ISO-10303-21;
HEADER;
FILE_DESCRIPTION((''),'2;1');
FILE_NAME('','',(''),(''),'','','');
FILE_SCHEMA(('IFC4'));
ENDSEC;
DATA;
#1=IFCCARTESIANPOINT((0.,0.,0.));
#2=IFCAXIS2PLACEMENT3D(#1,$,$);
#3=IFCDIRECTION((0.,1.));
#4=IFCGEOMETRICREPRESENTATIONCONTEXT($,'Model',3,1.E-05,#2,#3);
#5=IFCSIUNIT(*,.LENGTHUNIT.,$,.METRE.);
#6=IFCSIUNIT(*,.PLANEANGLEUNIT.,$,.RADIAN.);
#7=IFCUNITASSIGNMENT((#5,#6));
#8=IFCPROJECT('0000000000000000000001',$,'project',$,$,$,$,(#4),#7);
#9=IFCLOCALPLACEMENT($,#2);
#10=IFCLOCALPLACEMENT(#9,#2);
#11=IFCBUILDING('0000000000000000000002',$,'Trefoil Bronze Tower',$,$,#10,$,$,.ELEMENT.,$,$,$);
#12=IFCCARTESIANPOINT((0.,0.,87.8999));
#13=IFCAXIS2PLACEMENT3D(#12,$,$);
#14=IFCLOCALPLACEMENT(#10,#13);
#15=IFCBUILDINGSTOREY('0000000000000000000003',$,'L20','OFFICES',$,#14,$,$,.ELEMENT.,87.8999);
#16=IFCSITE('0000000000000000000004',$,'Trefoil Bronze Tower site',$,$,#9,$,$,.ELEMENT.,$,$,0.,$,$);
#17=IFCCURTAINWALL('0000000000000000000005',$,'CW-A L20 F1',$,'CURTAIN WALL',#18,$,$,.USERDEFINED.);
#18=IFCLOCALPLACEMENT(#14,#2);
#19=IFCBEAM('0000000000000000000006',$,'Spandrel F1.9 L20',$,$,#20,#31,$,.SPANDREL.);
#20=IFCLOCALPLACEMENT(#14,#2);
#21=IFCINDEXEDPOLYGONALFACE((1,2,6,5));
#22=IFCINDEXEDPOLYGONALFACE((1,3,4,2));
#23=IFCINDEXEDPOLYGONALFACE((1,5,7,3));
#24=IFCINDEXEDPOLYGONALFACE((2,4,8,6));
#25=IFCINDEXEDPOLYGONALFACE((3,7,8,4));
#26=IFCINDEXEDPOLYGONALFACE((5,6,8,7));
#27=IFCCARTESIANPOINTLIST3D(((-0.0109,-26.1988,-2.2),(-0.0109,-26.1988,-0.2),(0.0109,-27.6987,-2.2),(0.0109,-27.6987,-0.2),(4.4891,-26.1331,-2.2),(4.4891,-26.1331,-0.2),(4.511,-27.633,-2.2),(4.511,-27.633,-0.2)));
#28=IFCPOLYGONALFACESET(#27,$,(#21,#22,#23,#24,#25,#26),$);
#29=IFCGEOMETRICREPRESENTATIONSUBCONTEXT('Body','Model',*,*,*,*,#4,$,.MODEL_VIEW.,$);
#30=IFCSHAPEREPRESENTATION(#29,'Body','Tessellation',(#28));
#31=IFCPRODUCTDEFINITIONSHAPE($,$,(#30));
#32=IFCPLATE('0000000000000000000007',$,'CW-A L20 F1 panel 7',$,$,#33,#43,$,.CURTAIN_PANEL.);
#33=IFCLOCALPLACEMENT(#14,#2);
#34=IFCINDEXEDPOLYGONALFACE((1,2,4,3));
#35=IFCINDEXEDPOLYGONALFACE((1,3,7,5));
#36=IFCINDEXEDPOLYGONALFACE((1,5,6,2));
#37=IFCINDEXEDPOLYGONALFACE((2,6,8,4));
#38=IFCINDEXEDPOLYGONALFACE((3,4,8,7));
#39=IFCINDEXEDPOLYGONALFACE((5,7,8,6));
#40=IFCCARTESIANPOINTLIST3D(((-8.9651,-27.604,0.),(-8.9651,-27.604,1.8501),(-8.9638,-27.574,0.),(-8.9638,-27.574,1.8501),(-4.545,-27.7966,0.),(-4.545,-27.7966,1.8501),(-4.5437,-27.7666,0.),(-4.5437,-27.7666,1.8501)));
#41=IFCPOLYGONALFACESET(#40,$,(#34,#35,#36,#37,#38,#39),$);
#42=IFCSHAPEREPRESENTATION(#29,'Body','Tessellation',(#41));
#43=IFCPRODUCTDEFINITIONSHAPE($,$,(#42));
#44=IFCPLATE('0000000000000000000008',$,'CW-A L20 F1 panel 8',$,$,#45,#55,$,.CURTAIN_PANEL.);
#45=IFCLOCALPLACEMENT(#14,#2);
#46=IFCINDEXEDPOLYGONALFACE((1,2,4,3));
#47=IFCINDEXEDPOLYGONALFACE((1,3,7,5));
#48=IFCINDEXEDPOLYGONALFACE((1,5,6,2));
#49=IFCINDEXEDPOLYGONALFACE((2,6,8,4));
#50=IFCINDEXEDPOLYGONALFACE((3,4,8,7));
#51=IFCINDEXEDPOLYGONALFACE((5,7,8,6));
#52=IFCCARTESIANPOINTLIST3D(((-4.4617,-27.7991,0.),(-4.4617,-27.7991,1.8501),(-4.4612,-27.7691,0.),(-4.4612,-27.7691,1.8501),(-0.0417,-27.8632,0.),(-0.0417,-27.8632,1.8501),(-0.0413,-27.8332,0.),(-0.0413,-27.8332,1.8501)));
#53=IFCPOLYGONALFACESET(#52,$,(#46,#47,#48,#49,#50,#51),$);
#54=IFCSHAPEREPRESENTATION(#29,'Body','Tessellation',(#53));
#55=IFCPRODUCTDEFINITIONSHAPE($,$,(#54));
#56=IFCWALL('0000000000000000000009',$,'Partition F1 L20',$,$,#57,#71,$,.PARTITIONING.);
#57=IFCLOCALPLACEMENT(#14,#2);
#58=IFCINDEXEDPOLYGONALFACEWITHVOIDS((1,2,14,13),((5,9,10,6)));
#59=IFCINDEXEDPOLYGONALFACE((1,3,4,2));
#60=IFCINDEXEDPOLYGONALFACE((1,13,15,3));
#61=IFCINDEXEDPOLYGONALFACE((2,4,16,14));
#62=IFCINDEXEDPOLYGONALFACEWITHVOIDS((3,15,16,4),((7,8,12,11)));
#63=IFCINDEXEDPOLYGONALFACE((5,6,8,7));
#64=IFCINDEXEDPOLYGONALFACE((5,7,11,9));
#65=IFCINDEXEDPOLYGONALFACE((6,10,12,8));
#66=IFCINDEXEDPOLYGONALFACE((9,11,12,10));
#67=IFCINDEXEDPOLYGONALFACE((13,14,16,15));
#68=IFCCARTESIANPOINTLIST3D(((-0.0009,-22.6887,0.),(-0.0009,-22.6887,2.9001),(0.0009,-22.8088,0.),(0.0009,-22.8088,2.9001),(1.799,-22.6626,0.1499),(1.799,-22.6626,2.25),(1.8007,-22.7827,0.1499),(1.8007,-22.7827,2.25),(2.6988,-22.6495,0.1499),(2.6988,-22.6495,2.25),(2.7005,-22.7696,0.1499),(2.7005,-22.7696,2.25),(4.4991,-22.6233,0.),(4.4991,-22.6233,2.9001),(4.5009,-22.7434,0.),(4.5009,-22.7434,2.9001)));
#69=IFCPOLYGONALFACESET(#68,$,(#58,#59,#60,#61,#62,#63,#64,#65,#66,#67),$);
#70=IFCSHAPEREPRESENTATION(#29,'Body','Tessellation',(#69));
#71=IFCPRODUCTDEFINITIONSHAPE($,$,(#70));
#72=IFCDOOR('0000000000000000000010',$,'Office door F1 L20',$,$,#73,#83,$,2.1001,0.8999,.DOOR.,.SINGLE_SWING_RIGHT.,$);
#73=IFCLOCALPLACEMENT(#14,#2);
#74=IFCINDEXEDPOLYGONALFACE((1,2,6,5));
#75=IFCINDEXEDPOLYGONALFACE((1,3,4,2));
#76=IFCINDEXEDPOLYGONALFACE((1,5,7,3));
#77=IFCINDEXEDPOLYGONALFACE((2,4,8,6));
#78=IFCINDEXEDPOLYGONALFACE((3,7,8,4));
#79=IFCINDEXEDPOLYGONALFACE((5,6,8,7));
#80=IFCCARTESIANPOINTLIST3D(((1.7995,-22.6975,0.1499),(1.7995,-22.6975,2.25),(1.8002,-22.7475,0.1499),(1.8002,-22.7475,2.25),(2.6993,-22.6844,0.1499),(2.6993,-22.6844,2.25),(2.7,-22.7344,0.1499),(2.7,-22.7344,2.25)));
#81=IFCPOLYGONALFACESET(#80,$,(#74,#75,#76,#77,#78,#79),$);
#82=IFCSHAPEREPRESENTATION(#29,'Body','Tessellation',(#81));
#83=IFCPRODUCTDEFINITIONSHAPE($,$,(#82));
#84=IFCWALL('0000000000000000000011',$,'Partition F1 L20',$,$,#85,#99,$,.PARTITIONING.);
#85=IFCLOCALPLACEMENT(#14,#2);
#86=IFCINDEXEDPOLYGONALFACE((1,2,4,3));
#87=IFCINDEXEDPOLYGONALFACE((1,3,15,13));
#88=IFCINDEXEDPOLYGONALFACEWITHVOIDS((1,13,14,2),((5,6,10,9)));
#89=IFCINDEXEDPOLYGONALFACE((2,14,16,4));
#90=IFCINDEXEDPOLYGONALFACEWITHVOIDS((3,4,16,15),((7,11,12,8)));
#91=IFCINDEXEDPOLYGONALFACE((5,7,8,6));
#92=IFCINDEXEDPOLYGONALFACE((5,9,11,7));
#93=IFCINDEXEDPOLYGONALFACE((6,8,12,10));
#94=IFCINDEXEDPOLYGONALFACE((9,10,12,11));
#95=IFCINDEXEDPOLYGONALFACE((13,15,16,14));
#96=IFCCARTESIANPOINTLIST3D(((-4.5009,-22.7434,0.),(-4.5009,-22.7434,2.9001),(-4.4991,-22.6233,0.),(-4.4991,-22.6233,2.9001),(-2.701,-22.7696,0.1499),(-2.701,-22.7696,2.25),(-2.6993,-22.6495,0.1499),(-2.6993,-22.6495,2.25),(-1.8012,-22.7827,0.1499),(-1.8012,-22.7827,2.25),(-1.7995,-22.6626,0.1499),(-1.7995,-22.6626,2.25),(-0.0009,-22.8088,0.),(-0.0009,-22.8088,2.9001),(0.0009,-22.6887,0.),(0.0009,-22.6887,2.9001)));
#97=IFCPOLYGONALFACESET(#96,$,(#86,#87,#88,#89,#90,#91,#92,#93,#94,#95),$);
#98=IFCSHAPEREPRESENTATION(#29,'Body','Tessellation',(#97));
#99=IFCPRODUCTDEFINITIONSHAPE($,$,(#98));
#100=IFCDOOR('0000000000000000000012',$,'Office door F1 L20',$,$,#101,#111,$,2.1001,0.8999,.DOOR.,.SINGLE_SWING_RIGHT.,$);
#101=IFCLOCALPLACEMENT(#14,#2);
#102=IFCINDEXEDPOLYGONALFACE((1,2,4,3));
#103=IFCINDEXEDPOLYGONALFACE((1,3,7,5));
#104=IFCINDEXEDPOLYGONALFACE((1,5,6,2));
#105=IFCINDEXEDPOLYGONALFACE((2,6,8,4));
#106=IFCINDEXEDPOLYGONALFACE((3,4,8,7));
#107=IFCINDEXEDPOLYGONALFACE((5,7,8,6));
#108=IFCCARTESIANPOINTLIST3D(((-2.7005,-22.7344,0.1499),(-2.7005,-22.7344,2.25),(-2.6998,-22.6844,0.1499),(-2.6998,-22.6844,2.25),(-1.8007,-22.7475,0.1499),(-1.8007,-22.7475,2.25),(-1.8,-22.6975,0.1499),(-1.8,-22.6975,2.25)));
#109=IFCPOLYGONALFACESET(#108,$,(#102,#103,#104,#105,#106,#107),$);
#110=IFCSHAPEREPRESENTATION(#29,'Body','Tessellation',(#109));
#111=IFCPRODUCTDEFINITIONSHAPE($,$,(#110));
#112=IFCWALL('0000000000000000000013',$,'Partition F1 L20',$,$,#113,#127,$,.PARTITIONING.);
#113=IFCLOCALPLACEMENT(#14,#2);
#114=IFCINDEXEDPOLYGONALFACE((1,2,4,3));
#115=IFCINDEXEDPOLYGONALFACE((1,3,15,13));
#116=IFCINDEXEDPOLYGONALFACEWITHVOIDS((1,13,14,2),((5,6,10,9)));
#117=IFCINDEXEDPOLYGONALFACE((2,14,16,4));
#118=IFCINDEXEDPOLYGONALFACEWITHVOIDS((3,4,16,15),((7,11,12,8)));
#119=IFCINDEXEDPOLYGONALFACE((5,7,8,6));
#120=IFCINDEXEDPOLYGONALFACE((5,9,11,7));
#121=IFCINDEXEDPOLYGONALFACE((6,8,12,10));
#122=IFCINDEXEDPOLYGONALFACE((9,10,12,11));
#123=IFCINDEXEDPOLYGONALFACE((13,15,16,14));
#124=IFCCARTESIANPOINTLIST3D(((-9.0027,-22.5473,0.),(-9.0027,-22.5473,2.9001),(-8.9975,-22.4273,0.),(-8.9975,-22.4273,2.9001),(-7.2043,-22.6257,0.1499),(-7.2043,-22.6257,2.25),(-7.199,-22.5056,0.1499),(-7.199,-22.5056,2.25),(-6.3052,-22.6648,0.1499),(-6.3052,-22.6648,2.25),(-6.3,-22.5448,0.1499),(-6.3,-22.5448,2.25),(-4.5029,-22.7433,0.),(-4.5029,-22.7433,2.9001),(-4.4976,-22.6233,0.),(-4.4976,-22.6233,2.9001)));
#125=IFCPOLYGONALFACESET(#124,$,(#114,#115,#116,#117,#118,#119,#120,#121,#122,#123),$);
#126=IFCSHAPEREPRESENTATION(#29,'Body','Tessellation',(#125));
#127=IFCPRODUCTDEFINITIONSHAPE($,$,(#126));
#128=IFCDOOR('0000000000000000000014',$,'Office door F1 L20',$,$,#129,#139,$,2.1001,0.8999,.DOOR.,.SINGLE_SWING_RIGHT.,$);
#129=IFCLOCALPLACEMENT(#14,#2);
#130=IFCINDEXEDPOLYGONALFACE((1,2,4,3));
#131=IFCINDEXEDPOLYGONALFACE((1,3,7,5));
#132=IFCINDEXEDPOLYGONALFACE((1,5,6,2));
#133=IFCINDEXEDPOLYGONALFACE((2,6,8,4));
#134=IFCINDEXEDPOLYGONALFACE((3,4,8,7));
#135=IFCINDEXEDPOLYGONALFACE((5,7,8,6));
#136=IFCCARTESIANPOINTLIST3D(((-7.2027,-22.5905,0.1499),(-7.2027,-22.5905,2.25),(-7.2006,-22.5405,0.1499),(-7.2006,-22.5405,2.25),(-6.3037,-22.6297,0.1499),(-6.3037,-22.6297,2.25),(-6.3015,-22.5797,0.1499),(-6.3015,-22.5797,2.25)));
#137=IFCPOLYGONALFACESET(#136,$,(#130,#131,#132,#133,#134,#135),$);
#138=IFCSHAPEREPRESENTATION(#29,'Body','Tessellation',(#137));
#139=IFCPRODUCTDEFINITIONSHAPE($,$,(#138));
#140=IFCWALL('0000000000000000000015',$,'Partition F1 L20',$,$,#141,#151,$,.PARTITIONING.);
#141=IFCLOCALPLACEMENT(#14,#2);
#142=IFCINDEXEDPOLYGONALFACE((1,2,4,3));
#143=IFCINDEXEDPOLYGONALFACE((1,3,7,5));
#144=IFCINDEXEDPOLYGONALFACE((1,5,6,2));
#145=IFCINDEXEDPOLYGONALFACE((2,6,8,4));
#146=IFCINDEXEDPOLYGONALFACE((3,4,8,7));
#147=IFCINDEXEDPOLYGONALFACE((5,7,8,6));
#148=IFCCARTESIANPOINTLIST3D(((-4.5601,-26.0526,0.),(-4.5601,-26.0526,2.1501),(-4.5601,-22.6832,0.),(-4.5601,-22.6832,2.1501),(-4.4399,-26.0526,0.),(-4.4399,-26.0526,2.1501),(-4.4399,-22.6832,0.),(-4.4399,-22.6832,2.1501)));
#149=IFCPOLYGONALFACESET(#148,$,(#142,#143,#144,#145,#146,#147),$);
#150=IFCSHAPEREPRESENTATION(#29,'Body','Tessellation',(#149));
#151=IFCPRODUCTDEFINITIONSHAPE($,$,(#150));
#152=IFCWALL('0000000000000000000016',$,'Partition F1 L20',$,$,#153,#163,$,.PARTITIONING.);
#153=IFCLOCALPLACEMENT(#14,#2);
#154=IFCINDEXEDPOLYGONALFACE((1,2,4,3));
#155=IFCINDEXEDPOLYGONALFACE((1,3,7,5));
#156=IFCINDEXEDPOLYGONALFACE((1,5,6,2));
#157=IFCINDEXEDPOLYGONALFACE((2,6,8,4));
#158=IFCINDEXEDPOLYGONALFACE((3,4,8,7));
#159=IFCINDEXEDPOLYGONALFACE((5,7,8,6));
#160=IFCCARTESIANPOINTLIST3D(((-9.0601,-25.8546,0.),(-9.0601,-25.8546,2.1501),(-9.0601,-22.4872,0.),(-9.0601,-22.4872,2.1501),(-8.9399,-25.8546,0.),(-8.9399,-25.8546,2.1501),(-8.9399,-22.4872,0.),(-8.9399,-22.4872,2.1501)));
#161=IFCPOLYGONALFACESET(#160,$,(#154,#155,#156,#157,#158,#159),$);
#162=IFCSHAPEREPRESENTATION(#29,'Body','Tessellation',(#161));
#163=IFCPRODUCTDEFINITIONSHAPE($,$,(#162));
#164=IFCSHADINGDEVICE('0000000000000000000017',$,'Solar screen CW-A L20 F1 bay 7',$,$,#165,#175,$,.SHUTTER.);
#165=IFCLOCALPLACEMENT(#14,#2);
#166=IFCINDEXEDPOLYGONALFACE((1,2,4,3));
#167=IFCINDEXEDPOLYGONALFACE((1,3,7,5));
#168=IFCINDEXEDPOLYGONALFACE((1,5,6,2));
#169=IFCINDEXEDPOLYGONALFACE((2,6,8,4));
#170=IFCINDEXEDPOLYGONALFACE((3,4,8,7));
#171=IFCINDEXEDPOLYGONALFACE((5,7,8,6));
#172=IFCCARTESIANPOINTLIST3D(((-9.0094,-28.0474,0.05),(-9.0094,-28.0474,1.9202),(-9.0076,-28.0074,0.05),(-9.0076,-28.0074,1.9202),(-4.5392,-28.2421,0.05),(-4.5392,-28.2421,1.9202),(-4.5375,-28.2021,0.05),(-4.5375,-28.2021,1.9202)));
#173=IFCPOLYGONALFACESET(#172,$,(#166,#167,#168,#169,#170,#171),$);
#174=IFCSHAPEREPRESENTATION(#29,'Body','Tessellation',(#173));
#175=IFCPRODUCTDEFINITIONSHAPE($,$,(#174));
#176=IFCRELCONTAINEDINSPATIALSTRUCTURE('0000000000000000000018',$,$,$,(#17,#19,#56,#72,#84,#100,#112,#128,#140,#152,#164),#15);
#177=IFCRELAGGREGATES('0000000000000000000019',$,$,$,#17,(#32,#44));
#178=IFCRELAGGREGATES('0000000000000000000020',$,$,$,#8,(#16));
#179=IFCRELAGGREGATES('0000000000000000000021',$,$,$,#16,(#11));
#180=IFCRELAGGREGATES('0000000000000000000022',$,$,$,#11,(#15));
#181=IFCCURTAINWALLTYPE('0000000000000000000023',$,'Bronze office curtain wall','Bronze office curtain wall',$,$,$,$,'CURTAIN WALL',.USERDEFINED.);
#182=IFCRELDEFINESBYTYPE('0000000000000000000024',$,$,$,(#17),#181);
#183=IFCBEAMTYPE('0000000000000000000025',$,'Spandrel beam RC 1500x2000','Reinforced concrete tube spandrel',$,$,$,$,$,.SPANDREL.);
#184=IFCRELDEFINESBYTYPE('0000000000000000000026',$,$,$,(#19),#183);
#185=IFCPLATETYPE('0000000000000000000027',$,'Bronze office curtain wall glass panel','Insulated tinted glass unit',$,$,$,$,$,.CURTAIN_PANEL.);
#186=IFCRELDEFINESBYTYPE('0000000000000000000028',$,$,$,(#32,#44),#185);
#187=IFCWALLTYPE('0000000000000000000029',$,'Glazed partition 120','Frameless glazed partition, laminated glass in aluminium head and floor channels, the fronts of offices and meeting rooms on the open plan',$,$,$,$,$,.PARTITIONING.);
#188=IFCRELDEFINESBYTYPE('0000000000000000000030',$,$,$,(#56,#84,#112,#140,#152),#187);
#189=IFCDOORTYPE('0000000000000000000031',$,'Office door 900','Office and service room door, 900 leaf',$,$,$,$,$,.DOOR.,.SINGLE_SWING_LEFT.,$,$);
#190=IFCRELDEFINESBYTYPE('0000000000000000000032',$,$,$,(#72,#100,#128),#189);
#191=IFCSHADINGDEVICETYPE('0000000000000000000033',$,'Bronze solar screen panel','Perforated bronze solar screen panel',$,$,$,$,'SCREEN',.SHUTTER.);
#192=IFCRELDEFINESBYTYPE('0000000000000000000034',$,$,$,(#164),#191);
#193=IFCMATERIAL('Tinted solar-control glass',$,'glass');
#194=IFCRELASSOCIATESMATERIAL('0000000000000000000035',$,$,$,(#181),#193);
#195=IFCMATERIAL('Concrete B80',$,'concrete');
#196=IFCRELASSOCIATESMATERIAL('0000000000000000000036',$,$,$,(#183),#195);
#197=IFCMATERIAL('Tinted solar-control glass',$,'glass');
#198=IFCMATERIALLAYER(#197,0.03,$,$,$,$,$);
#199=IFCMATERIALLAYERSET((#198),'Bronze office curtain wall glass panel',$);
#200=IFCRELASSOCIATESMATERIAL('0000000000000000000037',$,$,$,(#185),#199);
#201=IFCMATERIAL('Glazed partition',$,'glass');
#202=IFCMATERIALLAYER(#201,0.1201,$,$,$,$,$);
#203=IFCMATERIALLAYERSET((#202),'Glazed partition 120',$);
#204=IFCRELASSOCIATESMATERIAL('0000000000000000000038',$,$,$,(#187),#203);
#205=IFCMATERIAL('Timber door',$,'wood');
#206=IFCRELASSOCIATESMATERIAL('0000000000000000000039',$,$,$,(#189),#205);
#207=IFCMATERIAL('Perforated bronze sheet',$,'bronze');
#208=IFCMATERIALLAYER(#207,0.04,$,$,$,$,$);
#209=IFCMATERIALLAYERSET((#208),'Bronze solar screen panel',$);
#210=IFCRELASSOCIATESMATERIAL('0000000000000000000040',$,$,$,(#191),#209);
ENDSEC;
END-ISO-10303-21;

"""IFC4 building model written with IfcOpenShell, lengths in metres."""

from ifc_helpers import new_model, si_unit, direction, frame, frame_2d, origin, origin_2d, place, context, subcontext, project, spatial, rectangle, extrude, material, layer, layer_set, material_profile, profile_set, type_object, element, fill, aggregate, save


model = new_model("IFC4")

# Units and contexts
model_context = context("Model", 3, precision=1e-05, world=origin(), true_north=direction((0.0, 1.0)))
body_context = subcontext(model_context, "Body", "Model", "MODEL_VIEW")
ifc_project = project(units=[si_unit("LENGTHUNIT", "METRE"), si_unit("PLANEANGLEUNIT", "RADIAN")], contexts=[model_context])

# Site, building, storey
site_placement = place(None, origin())
site = spatial("IfcSite", under=ifc_project, at=site_placement, Name="Trefoil Bronze Tower site", CompositionType="ELEMENT", RefElevation=0.0)
building_placement = place(site_placement, origin())
building = spatial("IfcBuilding", under=site, at=building_placement, Name="Trefoil Bronze Tower", CompositionType="ELEMENT")
storey_placement = place(building_placement, frame((0.0, 0.0, 87.8999)))
storey = spatial("IfcBuildingStorey", under=building, at=storey_placement, Name="L20", Description="OFFICES", CompositionType="ELEMENT", Elevation=87.8999)

# Curtain wall
ifc_material_1 = material(Name="Tinted solar-control glass", Category="glass")
curtain_wall_type = type_object("IfcCurtainWallType", Name="Bronze office curtain wall", Description="Bronze office curtain wall", ElementType="CURTAIN WALL", PredefinedType="USERDEFINED", material=ifc_material_1)
curtain_wall_placement = place(storey_placement, origin())
curtain_wall = element("IfcCurtainWall", 1, at=curtain_wall_placement, inside=storey, type_object=curtain_wall_type, Name="CW-A L20 F1", ObjectType="CURTAIN WALL", PredefinedType="USERDEFINED")

# Beam
ifc_material_2 = material(Name="Concrete B80", Category="concrete")
ifc_material_profile_1 = material_profile(ifc_material_2, rectangle(XDim=1.5, YDim=2.0, at=origin_2d()), Name="RC 1500x2000")
ifc_profile_set_1 = profile_set([ifc_material_profile_1], Name="Concrete B80")
beam_type_1 = type_object("IfcBeamType", Name="Spandrel beam RC 1500x2000", Description="Reinforced concrete tube spandrel", PredefinedType="SPANDREL", material=ifc_profile_set_1)
for number, where, z_axis, x_axis, name in (
    (2, (0.0, -26.9487, -1.2), (0.999894, 0.014593, 0.0), (-0.014593, 0.999894, 0.0), "Spandrel F1.9 L20"),
):
    element("IfcBeam", number, at=place(storey_placement, frame(where, z_axis=z_axis, x_axis=x_axis)), inside=storey, type_object=beam_type_1, Name=name, PredefinedType="SPANDREL", context=body_context, shape_type="SweptSolid", body=[
        extrude(rectangle(XDim=1.5, YDim=2.0, at=origin_2d()), origin(), (0.0, 0.0, 1.0), 4.5005),
    ])

# Plates
ifc_material_3 = material(Name="Tinted solar-control glass", Category="glass")
ifc_layer_1 = layer(ifc_material_3, 0.03)
ifc_layer_set_1 = layer_set([ifc_layer_1], Name="Bronze office curtain wall glass panel")
plate_type = type_object("IfcPlateType", Name="Bronze office curtain wall glass panel", Description="Insulated tinted glass unit", PredefinedType="CURTAIN_PANEL", material=ifc_layer_set_1)
plate_1_placement = place(storey_placement, frame((-6.7544, -27.6853, 0.0), z_axis=(0.0, 0.0, 1.0), x_axis=(0.999052, -0.043528, 0.0)))
plate_1 = element("IfcPlate", 3, at=plate_1_placement, type_object=plate_type, Name="CW-A L20 F1 panel 7", PredefinedType="CURTAIN_PANEL", context=body_context, shape_type="SweptSolid", body=[
    extrude(rectangle(XDim=4.4243, YDim=0.03, at=origin_2d()), origin(), (0.0, 0.0, 1.0), 1.8501),
])
plate_2_placement = place(storey_placement, frame((-2.2515, -27.8162, 0.0), z_axis=(0.0, 0.0, 1.0), x_axis=(0.999895, -0.014509, 0.0)))
plate_2 = element("IfcPlate", 4, at=plate_2_placement, type_object=plate_type, Name="CW-A L20 F1 panel 8", PredefinedType="CURTAIN_PANEL", context=body_context, shape_type="SweptSolid", body=[
    extrude(rectangle(XDim=4.4204, YDim=0.03, at=origin_2d()), origin(), (0.0, 0.0, 1.0), 1.8501),
])
aggregate(curtain_wall, [plate_1, plate_2])

# Walls, openings, doors
ifc_material_4 = material(Name="Glazed partition", Category="glass")
ifc_layer_2 = layer(ifc_material_4, 0.1201)
ifc_layer_set_2 = layer_set([ifc_layer_2], Name="Glazed partition 120")
wall_type = type_object("IfcWallType", Name="Glazed partition 120", Description="Frameless glazed partition, laminated glass in aluminium head and floor channels, the fronts of offices and meeting rooms on the open plan", PredefinedType="PARTITIONING", material=ifc_layer_set_2)
wall_1_placement = place(storey_placement, frame((0.0, -22.7488, 0.0), z_axis=(0.0, 0.0, 1.0), x_axis=(0.999894, 0.014538, 0.0)))
wall_1 = element("IfcWall", 5, at=wall_1_placement, inside=storey, type_object=wall_type, Name="Partition F1 L20", PredefinedType="PARTITIONING", context=body_context, shape_type="SweptSolid", body=[
    extrude(rectangle(XDim=4.5005, YDim=0.1201, at=frame_2d((2.2502, 0.0))), origin(), (0.0, 0.0, 1.0), 2.9001),
])
opening_1_placement = place(wall_1_placement, frame((1.8, 0.0, 0.1499)))
opening_1 = element("IfcOpeningElement", 6, at=opening_1_placement, cuts=wall_1, PredefinedType="OPENING", context=body_context, shape_type="SweptSolid", body=[
    extrude(rectangle(XDim=0.8999, YDim=2.1001, at=frame_2d((0.45, 1.05))), frame((0.0, 0.0701, 0.0), z_axis=(0.0, -1.0, 0.0), x_axis=(1.0, 0.0, 0.0)), (0.0, 0.0, 1.0), 0.1401),
])
ifc_material_5 = material(Name="Timber door", Category="wood")
door_type = type_object("IfcDoorType", Name="Office door 900", Description="Office and service room door, 900 leaf", OperationType="SINGLE_SWING_LEFT", PredefinedType="DOOR", material=ifc_material_5)
door_1_placement = place(opening_1_placement, frame((0.8999, 0.0, 0.0), z_axis=(0.0, 0.0, 1.0), x_axis=(-1.0, 0.0, 0.0)))
door_1 = element("IfcDoor", 7, at=door_1_placement, inside=storey, type_object=door_type, Name="Office door F1 L20", OperationType="SINGLE_SWING_RIGHT", OverallHeight=2.1001, OverallWidth=0.8999, PredefinedType="DOOR", context=body_context, shape_type="SweptSolid", body=[
    extrude(rectangle(XDim=0.8999, YDim=2.1001, at=frame_2d((0.45, 1.05))), frame((0.0, 0.0249, 0.0), z_axis=(0.0, -1.0, 0.0), x_axis=(1.0, 0.0, 0.0)), (0.0, 0.0, 1.0), 0.05),
])
fill(opening_1, door_1)
wall_2_placement = place(storey_placement, frame((-4.5, -22.6833, 0.0), z_axis=(0.0, 0.0, 1.0), x_axis=(0.999894, -0.014538, 0.0)))
wall_2 = element("IfcWall", 8, at=wall_2_placement, inside=storey, type_object=wall_type, Name="Partition F1 L20", PredefinedType="PARTITIONING", context=body_context, shape_type="SweptSolid", body=[
    extrude(rectangle(XDim=4.5005, YDim=0.1201, at=frame_2d((2.2502, 0.0))), origin(), (0.0, 0.0, 1.0), 2.9001),
])
opening_2_placement = place(wall_2_placement, frame((1.8, 0.0, 0.1499)))
opening_2 = element("IfcOpeningElement", 9, at=opening_2_placement, cuts=wall_2, PredefinedType="OPENING", context=body_context, shape_type="SweptSolid", body=[
    extrude(rectangle(XDim=0.8999, YDim=2.1001, at=frame_2d((0.45, 1.05))), frame((0.0, 0.0701, 0.0), z_axis=(0.0, -1.0, 0.0), x_axis=(1.0, 0.0, 0.0)), (0.0, 0.0, 1.0), 0.1401),
])
door_2_placement = place(opening_2_placement, frame((0.8999, 0.0, 0.0), z_axis=(0.0, 0.0, 1.0), x_axis=(-1.0, 0.0, 0.0)))
door_2 = element("IfcDoor", 10, at=door_2_placement, inside=storey, type_object=door_type, Name="Office door F1 L20", OperationType="SINGLE_SWING_RIGHT", OverallHeight=2.1001, OverallWidth=0.8999, PredefinedType="DOOR", context=body_context, shape_type="SweptSolid", body=[
    extrude(rectangle(XDim=0.8999, YDim=2.1001, at=frame_2d((0.45, 1.05))), frame((0.0, 0.0249, 0.0), z_axis=(0.0, -1.0, 0.0), x_axis=(1.0, 0.0, 0.0)), (0.0, 0.0, 1.0), 0.05),
])
fill(opening_2, door_2)
wall_3_placement = place(storey_placement, frame((-9.0, -22.4873, 0.0), z_axis=(0.0, 0.0, 1.0), x_axis=(0.999052, -0.043524, 0.0)))
wall_3 = element("IfcWall", 11, at=wall_3_placement, inside=storey, type_object=wall_type, Name="Partition F1 L20", PredefinedType="PARTITIONING", context=body_context, shape_type="SweptSolid", body=[
    extrude(rectangle(XDim=4.5042, YDim=0.1201, at=frame_2d((2.252, 0.0))), origin(), (0.0, 0.0, 1.0), 2.9001),
])
opening_3_placement = place(wall_3_placement, frame((1.8, 0.0, 0.1499)))
opening_3 = element("IfcOpeningElement", 12, at=opening_3_placement, cuts=wall_3, PredefinedType="OPENING", context=body_context, shape_type="SweptSolid", body=[
    extrude(rectangle(XDim=0.8999, YDim=2.1001, at=frame_2d((0.45, 1.05))), frame((0.0, 0.0701, 0.0), z_axis=(0.0, -1.0, 0.0), x_axis=(1.0, 0.0, 0.0)), (0.0, 0.0, 1.0), 0.1401),
])
door_3_placement = place(opening_3_placement, frame((0.8999, 0.0, 0.0), z_axis=(0.0, 0.0, 1.0), x_axis=(-1.0, 0.0, 0.0)))
door_3 = element("IfcDoor", 13, at=door_3_placement, inside=storey, type_object=door_type, Name="Office door F1 L20", OperationType="SINGLE_SWING_RIGHT", OverallHeight=2.1001, OverallWidth=0.8999, PredefinedType="DOOR", context=body_context, shape_type="SweptSolid", body=[
    extrude(rectangle(XDim=0.8999, YDim=2.1001, at=frame_2d((0.45, 1.05))), frame((0.0, 0.0249, 0.0), z_axis=(0.0, -1.0, 0.0), x_axis=(1.0, 0.0, 0.0)), (0.0, 0.0, 1.0), 0.05),
])
fill(opening_3, door_3)

# Walls
wall_4_placement = place(storey_placement, frame((-4.5, -22.6833, 0.0), z_axis=(0.0, 0.0, 1.0), x_axis=(0.0, -1.0, 0.0)))
element("IfcWall", 14, at=wall_4_placement, inside=storey, type_object=wall_type, Name="Partition F1 L20", PredefinedType="PARTITIONING", context=body_context, shape_type="SweptSolid", body=[
    extrude(rectangle(XDim=3.3694, YDim=0.1201, at=frame_2d((1.6846, 0.0))), origin(), (0.0, 0.0, 1.0), 2.1501),
])
wall_5_placement = place(storey_placement, frame((-9.0, -22.4873, 0.0), z_axis=(0.0, 0.0, 1.0), x_axis=(0.0, -1.0, 0.0)))
element("IfcWall", 15, at=wall_5_placement, inside=storey, type_object=wall_type, Name="Partition F1 L20", PredefinedType="PARTITIONING", context=body_context, shape_type="SweptSolid", body=[
    extrude(rectangle(XDim=3.3674, YDim=0.1201, at=frame_2d((1.6836, 0.0))), origin(), (0.0, 0.0, 1.0), 2.1501),
])

# Shading device
ifc_material_6 = material(Name="Perforated bronze sheet", Category="bronze")
ifc_layer_3 = layer(ifc_material_6, 0.04)
ifc_layer_set_3 = layer_set([ifc_layer_3], Name="Bronze solar screen panel")
shading_device_type = type_object("IfcShadingDeviceType", Name="Bronze solar screen panel", Description="Perforated bronze solar screen panel", ElementType="SCREEN", PredefinedType="SHUTTER", material=ifc_layer_set_3)
shading_device_1_placement = place(storey_placement, frame((-6.7734, -28.1248, 0.05), z_axis=(0.0, 0.0, 1.0), x_axis=(0.999052, -0.043528, 0.0)))
element("IfcShadingDevice", 16, at=shading_device_1_placement, inside=storey, type_object=shading_device_type, Name="Solar screen CW-A L20 F1 bay 7", PredefinedType="SHUTTER", context=body_context, shape_type="SweptSolid", body=[
    extrude(rectangle(XDim=4.4744, YDim=0.04, at=origin_2d()), origin(), (0.0, 0.0, 1.0), 1.8701),
])

save(model, "model.ifc")
